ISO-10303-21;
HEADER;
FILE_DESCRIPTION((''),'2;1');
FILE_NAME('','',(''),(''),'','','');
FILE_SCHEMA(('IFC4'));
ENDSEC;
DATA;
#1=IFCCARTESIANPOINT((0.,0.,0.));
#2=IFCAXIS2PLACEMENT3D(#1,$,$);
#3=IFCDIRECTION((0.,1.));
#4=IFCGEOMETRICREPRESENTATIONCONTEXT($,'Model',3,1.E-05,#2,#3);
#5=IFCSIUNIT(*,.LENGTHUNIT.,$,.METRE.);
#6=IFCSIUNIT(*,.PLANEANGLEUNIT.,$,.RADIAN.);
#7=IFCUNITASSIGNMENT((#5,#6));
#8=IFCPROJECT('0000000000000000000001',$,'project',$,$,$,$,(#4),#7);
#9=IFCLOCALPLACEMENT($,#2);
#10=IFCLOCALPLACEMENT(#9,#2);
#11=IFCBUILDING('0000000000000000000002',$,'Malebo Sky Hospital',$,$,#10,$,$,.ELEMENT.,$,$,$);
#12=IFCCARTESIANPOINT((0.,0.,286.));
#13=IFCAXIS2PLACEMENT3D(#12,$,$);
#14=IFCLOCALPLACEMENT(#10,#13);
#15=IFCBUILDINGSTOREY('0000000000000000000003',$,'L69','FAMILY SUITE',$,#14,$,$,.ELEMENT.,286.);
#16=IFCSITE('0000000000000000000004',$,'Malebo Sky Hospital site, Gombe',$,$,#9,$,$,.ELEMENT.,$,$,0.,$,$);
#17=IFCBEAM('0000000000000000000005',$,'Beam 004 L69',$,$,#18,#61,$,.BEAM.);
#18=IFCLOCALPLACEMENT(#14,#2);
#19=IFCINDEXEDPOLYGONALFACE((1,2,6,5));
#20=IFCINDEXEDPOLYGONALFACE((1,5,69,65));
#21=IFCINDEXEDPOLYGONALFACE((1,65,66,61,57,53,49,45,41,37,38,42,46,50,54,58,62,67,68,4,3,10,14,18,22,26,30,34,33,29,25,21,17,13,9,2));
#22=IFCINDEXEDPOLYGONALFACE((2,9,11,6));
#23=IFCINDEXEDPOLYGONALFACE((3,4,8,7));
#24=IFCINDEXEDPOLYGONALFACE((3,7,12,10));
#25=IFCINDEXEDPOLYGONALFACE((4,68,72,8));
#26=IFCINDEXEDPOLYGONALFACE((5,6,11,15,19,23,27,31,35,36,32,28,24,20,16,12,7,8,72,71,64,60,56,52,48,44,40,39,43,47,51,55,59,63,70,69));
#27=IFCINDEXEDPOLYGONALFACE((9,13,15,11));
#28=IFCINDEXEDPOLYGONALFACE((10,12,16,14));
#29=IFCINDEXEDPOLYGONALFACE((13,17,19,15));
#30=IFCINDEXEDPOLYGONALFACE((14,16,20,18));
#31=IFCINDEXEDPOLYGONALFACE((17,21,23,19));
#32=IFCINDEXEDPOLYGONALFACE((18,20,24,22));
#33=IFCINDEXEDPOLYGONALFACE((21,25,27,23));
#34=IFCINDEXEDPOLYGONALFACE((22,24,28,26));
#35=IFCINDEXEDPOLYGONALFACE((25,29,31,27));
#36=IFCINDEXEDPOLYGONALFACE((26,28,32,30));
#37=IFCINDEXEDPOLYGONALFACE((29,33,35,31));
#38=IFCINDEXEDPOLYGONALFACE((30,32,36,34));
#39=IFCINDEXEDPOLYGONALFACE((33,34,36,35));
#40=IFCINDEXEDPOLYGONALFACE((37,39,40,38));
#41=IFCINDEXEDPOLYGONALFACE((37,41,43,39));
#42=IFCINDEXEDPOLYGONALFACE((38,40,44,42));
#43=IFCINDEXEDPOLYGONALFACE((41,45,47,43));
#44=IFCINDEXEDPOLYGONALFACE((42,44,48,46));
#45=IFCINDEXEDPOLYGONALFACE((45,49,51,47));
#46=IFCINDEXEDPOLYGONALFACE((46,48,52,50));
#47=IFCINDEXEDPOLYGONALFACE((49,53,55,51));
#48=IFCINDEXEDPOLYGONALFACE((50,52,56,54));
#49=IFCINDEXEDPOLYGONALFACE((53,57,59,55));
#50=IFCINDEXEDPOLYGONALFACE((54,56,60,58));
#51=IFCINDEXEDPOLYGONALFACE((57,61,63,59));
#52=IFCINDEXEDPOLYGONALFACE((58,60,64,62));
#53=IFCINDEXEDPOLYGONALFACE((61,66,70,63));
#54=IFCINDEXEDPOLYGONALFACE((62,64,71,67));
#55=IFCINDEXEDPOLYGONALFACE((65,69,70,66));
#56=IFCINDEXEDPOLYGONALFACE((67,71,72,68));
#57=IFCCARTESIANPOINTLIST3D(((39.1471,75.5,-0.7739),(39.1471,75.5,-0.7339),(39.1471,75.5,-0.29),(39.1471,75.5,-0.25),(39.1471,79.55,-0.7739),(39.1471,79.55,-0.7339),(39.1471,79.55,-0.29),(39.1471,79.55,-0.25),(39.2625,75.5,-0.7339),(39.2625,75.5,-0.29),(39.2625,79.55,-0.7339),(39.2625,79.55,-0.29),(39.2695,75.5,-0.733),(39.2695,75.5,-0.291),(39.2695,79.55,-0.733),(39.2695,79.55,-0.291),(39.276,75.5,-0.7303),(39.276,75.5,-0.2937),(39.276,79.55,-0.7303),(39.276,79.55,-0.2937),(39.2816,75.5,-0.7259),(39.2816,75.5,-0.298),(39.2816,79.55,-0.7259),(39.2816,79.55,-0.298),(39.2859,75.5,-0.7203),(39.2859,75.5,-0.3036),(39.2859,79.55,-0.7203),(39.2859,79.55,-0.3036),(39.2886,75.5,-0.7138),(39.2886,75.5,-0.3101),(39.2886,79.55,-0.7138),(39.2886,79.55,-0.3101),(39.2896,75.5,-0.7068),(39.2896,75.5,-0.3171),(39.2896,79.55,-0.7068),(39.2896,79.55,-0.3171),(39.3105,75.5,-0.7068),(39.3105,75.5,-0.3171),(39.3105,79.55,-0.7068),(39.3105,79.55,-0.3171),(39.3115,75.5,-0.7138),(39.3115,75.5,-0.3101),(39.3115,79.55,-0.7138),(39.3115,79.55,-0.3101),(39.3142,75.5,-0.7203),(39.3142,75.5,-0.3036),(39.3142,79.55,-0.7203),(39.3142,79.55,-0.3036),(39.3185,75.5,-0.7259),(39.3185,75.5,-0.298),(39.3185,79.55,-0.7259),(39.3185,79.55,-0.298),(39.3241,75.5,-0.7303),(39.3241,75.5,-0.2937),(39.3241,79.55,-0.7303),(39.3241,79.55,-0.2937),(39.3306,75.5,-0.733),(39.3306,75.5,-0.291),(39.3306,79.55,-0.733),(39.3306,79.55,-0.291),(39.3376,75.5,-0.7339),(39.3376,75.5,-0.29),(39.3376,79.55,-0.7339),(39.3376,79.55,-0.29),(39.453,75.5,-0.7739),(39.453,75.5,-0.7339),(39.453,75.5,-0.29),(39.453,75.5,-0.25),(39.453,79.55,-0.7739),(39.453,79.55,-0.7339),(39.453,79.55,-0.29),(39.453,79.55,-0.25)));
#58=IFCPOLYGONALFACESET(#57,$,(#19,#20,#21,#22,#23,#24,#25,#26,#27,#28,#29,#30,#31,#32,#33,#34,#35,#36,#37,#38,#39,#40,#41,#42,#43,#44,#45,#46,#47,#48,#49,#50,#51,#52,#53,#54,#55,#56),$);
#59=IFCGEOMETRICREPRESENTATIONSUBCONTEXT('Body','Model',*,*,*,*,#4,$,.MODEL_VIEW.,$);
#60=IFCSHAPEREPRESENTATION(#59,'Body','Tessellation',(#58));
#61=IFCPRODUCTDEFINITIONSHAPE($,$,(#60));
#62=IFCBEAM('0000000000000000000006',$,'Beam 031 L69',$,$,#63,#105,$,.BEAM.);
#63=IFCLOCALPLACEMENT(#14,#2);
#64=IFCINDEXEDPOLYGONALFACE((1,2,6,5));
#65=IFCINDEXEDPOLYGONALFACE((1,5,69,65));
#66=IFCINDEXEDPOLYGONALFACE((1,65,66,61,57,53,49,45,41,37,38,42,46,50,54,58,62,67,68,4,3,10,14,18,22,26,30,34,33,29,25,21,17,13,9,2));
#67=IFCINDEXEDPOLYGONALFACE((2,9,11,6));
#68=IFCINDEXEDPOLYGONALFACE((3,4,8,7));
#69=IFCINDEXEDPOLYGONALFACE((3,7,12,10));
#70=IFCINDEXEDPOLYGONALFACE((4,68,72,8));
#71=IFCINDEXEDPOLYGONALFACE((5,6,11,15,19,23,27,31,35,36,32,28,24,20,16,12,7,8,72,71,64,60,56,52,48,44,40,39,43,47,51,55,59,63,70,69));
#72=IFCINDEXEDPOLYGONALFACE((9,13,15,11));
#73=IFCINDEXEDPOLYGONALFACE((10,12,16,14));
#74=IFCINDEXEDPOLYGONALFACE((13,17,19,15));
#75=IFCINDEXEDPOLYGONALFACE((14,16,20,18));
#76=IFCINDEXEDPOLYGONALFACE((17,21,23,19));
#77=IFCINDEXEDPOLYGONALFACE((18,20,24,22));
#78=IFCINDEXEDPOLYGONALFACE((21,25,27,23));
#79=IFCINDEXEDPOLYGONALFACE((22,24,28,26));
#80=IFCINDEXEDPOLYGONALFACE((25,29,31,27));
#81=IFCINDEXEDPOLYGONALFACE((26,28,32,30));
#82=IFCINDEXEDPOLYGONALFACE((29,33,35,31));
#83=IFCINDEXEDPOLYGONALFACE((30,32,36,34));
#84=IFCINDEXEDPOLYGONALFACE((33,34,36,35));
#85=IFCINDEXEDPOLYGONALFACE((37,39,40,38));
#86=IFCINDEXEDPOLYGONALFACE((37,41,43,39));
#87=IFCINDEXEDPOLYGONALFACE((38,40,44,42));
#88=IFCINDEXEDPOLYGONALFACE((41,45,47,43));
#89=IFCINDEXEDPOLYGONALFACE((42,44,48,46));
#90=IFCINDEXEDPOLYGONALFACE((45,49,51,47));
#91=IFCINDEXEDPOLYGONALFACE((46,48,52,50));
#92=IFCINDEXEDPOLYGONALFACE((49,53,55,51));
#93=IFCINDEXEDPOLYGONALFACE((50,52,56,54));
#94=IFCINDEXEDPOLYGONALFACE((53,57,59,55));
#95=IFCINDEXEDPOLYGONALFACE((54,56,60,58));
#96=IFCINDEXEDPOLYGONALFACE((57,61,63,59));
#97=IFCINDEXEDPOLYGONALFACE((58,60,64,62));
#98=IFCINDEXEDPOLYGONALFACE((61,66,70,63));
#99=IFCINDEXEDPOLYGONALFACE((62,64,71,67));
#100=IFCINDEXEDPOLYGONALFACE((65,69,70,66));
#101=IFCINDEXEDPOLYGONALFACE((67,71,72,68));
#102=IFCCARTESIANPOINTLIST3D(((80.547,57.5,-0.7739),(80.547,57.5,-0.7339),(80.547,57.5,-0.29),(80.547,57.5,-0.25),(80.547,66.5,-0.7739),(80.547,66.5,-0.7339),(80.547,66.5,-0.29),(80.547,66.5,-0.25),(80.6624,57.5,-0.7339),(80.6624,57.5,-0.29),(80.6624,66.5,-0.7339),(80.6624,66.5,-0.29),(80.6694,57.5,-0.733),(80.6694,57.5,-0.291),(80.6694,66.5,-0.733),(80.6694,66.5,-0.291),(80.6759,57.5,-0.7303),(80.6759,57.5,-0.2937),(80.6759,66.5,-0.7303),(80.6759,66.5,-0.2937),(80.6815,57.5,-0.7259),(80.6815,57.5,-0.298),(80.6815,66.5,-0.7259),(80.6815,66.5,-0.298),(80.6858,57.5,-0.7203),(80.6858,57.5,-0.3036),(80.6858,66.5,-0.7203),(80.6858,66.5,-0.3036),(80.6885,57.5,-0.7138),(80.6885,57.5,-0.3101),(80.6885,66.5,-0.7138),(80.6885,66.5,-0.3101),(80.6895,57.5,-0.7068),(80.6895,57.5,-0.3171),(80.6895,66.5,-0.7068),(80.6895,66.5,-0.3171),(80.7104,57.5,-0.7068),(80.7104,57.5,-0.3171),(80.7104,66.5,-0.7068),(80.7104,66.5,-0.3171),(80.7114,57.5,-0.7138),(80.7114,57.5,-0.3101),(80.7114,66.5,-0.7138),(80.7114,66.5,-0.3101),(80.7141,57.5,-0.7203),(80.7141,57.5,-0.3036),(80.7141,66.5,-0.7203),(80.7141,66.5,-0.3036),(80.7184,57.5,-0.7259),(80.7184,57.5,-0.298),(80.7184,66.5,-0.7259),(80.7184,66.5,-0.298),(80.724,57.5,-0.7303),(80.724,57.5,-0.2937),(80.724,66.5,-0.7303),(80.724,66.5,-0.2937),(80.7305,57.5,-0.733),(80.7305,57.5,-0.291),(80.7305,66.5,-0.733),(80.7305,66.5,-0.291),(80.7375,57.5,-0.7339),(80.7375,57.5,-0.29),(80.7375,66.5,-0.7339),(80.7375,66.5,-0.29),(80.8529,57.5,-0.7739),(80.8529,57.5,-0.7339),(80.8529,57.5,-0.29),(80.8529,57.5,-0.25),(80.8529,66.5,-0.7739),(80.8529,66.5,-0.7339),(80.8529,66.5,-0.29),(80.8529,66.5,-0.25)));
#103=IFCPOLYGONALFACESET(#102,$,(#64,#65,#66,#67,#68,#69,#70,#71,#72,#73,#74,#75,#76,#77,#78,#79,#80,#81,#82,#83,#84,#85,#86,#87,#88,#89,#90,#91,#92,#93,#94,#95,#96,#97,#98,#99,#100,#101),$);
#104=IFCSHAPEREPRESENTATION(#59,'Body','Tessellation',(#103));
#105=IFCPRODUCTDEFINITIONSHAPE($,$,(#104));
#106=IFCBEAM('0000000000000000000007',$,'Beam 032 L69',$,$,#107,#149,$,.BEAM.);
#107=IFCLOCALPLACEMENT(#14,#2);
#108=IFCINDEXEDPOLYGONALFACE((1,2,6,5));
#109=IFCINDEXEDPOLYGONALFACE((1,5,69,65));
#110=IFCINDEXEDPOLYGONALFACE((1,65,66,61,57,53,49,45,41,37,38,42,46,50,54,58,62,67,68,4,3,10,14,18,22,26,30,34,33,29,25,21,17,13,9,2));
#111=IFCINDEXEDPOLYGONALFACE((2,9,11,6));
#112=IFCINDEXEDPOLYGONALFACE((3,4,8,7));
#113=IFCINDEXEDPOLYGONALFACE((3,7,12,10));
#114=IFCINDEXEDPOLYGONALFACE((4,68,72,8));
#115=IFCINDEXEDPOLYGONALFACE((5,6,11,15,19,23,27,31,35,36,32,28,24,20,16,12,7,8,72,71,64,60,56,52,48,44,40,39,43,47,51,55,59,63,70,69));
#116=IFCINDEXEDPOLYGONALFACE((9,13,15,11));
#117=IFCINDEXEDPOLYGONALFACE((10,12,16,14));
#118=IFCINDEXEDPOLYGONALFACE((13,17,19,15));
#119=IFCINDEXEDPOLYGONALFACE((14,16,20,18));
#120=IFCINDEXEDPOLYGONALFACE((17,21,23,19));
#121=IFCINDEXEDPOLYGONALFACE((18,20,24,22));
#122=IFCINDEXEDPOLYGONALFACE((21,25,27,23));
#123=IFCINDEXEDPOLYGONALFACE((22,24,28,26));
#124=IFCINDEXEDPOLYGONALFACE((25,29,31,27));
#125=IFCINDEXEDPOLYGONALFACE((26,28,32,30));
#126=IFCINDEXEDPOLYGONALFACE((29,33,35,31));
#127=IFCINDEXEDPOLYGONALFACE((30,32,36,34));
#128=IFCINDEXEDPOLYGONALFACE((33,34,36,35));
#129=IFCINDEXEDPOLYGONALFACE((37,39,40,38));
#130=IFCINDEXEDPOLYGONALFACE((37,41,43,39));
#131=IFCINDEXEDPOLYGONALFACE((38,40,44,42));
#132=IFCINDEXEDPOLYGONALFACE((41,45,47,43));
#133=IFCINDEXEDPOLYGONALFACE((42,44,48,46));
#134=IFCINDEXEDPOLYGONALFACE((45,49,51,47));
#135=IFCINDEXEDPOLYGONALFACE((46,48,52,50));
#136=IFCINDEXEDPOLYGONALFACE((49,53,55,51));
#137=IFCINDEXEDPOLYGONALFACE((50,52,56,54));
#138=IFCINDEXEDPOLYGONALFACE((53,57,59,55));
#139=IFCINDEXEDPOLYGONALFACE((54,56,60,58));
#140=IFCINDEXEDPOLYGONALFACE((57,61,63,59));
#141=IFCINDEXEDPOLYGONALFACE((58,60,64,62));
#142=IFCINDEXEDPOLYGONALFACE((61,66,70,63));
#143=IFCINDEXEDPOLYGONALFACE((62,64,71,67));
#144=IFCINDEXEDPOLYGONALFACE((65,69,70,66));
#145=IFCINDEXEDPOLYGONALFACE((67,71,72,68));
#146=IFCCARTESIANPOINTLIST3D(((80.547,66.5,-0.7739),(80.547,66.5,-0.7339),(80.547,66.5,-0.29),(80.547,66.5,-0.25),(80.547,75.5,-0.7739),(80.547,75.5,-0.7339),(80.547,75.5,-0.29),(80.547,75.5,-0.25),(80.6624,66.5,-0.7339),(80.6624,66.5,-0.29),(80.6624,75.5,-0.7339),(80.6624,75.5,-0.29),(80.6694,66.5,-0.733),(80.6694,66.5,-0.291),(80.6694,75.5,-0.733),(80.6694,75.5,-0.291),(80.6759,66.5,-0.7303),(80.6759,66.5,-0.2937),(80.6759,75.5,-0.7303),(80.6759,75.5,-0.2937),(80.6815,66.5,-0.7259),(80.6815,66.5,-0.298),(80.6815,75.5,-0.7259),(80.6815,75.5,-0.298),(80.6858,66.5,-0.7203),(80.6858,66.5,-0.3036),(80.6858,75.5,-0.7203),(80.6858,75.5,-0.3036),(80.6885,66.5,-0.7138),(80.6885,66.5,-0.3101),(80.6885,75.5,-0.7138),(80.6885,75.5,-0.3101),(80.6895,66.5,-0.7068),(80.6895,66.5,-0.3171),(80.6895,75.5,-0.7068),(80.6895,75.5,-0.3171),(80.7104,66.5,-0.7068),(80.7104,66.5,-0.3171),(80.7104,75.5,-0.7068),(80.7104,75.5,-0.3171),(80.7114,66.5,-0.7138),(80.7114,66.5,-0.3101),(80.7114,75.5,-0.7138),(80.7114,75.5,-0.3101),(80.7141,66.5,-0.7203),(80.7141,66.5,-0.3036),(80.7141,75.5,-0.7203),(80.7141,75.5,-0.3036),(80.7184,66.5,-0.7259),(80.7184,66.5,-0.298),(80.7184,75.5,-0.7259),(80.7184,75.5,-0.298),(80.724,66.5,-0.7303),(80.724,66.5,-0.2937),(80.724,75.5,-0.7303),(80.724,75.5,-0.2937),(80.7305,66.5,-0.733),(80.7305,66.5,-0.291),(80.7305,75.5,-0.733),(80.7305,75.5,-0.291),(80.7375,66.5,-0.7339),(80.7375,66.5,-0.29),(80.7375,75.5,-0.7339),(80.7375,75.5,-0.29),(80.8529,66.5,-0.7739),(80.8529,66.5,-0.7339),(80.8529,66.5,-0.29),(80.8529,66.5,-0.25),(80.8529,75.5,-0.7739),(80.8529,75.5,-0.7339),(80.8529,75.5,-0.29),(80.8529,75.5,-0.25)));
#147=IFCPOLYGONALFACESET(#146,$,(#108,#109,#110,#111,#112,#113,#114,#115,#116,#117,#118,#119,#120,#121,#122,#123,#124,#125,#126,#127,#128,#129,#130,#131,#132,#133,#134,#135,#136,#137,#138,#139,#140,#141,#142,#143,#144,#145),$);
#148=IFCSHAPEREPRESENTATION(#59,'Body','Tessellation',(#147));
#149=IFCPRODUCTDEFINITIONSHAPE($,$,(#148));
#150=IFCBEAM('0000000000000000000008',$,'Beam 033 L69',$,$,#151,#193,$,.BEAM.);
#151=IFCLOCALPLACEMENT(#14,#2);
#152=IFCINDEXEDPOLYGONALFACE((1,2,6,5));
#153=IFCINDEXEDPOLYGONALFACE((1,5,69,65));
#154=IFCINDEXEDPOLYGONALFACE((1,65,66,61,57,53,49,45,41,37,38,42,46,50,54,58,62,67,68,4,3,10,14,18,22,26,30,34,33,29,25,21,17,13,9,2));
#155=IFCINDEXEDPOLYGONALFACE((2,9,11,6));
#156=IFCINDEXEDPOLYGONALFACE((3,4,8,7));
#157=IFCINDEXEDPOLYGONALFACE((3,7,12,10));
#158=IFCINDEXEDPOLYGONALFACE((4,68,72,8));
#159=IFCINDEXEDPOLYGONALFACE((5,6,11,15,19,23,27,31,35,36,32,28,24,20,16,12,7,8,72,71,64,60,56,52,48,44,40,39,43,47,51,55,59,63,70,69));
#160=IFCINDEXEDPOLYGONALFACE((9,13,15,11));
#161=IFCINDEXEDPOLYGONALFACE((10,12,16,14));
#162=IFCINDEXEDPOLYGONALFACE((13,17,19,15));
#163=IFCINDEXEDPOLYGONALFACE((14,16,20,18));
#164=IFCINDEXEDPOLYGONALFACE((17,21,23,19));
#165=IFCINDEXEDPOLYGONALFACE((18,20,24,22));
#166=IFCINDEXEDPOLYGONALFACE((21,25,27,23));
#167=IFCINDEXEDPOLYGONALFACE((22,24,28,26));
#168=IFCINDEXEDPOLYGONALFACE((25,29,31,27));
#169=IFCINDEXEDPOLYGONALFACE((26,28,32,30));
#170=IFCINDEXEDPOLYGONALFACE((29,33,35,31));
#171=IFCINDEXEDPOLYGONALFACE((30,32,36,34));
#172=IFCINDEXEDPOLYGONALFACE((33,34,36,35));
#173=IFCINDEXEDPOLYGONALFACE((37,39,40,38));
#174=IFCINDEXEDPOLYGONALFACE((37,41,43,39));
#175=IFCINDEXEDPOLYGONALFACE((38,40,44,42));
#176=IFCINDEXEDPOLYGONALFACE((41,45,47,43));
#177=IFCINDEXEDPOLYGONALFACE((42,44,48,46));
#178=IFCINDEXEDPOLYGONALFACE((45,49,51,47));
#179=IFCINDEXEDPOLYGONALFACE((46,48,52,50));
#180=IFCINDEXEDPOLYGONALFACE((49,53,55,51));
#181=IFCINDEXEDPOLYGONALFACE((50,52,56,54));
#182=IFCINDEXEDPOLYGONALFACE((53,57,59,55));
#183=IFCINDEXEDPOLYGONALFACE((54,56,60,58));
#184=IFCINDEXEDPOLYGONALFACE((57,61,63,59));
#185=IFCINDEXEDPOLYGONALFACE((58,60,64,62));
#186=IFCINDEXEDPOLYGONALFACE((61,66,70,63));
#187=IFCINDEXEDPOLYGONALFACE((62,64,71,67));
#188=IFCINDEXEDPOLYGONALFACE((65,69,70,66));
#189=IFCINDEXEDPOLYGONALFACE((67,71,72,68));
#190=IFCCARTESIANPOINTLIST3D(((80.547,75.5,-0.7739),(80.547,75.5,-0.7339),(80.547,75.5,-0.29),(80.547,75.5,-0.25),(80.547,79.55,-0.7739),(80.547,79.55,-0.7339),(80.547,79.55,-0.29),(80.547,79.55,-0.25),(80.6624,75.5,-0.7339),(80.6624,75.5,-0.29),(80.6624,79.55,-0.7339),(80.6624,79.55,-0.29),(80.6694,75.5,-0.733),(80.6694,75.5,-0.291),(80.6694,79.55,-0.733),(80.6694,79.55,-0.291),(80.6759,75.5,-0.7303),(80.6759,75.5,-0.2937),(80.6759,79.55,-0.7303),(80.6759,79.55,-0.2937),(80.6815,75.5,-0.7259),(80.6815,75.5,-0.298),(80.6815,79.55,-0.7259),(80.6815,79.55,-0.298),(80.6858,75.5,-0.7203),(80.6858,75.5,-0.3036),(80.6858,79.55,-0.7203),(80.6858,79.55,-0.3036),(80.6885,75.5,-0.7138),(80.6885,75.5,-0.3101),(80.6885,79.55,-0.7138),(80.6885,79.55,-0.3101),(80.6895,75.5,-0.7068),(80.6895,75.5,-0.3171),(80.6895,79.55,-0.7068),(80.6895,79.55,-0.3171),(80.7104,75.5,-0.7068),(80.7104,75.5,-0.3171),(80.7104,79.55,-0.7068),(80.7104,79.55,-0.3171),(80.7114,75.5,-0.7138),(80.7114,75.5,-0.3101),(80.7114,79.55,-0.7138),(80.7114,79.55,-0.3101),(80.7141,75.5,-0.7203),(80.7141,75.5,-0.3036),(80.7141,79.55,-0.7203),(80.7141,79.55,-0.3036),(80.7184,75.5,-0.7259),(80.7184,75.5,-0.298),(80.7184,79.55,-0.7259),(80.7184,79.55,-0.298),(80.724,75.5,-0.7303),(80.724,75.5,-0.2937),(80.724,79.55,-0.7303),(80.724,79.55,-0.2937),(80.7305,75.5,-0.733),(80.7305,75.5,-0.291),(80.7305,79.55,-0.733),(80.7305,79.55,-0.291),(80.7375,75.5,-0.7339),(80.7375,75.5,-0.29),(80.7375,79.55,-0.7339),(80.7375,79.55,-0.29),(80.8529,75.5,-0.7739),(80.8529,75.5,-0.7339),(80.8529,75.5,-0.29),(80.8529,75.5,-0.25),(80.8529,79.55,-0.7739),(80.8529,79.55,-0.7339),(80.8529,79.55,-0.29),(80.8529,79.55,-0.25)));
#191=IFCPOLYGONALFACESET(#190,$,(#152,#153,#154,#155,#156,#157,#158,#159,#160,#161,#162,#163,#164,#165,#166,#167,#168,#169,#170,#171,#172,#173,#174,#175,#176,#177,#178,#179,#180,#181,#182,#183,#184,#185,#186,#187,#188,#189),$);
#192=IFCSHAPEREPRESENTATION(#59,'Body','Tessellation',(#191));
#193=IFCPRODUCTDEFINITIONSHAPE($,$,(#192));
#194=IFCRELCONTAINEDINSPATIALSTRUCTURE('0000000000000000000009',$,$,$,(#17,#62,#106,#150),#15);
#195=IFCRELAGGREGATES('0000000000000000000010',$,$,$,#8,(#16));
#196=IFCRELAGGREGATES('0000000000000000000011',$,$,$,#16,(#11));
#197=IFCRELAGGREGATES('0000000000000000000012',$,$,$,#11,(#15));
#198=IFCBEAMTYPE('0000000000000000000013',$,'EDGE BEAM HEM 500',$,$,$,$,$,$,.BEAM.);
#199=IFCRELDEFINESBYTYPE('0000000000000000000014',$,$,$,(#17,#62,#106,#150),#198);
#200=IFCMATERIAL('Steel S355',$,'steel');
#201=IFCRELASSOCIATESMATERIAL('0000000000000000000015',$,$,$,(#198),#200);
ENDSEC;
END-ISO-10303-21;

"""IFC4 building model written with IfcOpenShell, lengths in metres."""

from ifc_helpers import new_model, si_unit, direction, frame, origin, origin_2d, place, context, subcontext, project, spatial, i_section, extrude, material, material_profile, profile_set, type_object, element, save


model = new_model("IFC4")

# Units and contexts
model_context = context("Model", 3, precision=1e-05, world=origin(), true_north=direction((0.0, 1.0)))
body_context = subcontext(model_context, "Body", "Model", "MODEL_VIEW")
ifc_project = project(units=[si_unit("LENGTHUNIT", "METRE"), si_unit("PLANEANGLEUNIT", "RADIAN")], contexts=[model_context])

# Site, building, storey
site_placement = place(None, origin())
site = spatial("IfcSite", under=ifc_project, at=site_placement, Name="Malebo Sky Hospital site, Gombe", CompositionType="ELEMENT", RefElevation=0.0)
building_placement = place(site_placement, origin())
building = spatial("IfcBuilding", under=site, at=building_placement, Name="Malebo Sky Hospital", CompositionType="ELEMENT")
storey_placement = place(building_placement, frame((0.0, 0.0, 286.0)))
storey = spatial("IfcBuildingStorey", under=building, at=storey_placement, Name="L69", Description="FAMILY SUITE", CompositionType="ELEMENT", Elevation=286.0)

# Shared definitions
ifc_material_1 = material(Name="Steel S355", Category="steel")

# Beams
ifc_material_profile_1 = material_profile(ifc_material_1, i_section(OverallWidth=0.3059, OverallDepth=0.5239, WebThickness=0.021, FlangeThickness=0.04, FilletRadius=0.0271, at=origin_2d()), Name="HEM 500")
ifc_profile_set_1 = profile_set([ifc_material_profile_1], Name="Steel S355")
beam_type_1 = type_object("IfcBeamType", Name="EDGE BEAM HEM 500", PredefinedType="BEAM", material=ifc_profile_set_1)
beam_1_placement = place(storey_placement, frame((39.3, 75.5, -0.512), z_axis=(0.0, 1.0, 0.0), x_axis=(-1.0, 0.0, 0.0)))
element("IfcBeam", 1, at=beam_1_placement, inside=storey, type_object=beam_type_1, Name="Beam 004 L69", PredefinedType="BEAM", context=body_context, shape_type="SweptSolid", body=[
    extrude(i_section(OverallWidth=0.3059, OverallDepth=0.5239, WebThickness=0.021, FlangeThickness=0.04, FilletRadius=0.0271, at=origin_2d()), origin(), (0.0, 0.0, 1.0), 4.05),
])
for number, where, z_axis, x_axis, name in (
    (2, (80.7, 57.5, -0.512), (0.0, 1.0, 0.0), (-1.0, 0.0, 0.0), "Beam 031 L69"),
    (3, (80.7, 66.5, -0.512), (0.0, 1.0, 0.0), (-1.0, 0.0, 0.0), "Beam 032 L69"),
):
    element("IfcBeam", number, at=place(storey_placement, frame(where, z_axis=z_axis, x_axis=x_axis)), inside=storey, type_object=beam_type_1, Name=name, PredefinedType="BEAM", context=body_context, shape_type="SweptSolid", body=[
        extrude(i_section(OverallWidth=0.3059, OverallDepth=0.5239, WebThickness=0.021, FlangeThickness=0.04, FilletRadius=0.0271, at=origin_2d()), origin(), (0.0, 0.0, 1.0), 9.0),
    ])
for number, where, z_axis, x_axis, name in (
    (4, (80.7, 75.5, -0.512), (0.0, 1.0, 0.0), (-1.0, 0.0, 0.0), "Beam 033 L69"),
):
    element("IfcBeam", number, at=place(storey_placement, frame(where, z_axis=z_axis, x_axis=x_axis)), inside=storey, type_object=beam_type_1, Name=name, PredefinedType="BEAM", context=body_context, shape_type="SweptSolid", body=[
        extrude(i_section(OverallWidth=0.3059, OverallDepth=0.5239, WebThickness=0.021, FlangeThickness=0.04, FilletRadius=0.0271, at=origin_2d()), origin(), (0.0, 0.0, 1.0), 4.05),
    ])

save(model, "model.ifc")
